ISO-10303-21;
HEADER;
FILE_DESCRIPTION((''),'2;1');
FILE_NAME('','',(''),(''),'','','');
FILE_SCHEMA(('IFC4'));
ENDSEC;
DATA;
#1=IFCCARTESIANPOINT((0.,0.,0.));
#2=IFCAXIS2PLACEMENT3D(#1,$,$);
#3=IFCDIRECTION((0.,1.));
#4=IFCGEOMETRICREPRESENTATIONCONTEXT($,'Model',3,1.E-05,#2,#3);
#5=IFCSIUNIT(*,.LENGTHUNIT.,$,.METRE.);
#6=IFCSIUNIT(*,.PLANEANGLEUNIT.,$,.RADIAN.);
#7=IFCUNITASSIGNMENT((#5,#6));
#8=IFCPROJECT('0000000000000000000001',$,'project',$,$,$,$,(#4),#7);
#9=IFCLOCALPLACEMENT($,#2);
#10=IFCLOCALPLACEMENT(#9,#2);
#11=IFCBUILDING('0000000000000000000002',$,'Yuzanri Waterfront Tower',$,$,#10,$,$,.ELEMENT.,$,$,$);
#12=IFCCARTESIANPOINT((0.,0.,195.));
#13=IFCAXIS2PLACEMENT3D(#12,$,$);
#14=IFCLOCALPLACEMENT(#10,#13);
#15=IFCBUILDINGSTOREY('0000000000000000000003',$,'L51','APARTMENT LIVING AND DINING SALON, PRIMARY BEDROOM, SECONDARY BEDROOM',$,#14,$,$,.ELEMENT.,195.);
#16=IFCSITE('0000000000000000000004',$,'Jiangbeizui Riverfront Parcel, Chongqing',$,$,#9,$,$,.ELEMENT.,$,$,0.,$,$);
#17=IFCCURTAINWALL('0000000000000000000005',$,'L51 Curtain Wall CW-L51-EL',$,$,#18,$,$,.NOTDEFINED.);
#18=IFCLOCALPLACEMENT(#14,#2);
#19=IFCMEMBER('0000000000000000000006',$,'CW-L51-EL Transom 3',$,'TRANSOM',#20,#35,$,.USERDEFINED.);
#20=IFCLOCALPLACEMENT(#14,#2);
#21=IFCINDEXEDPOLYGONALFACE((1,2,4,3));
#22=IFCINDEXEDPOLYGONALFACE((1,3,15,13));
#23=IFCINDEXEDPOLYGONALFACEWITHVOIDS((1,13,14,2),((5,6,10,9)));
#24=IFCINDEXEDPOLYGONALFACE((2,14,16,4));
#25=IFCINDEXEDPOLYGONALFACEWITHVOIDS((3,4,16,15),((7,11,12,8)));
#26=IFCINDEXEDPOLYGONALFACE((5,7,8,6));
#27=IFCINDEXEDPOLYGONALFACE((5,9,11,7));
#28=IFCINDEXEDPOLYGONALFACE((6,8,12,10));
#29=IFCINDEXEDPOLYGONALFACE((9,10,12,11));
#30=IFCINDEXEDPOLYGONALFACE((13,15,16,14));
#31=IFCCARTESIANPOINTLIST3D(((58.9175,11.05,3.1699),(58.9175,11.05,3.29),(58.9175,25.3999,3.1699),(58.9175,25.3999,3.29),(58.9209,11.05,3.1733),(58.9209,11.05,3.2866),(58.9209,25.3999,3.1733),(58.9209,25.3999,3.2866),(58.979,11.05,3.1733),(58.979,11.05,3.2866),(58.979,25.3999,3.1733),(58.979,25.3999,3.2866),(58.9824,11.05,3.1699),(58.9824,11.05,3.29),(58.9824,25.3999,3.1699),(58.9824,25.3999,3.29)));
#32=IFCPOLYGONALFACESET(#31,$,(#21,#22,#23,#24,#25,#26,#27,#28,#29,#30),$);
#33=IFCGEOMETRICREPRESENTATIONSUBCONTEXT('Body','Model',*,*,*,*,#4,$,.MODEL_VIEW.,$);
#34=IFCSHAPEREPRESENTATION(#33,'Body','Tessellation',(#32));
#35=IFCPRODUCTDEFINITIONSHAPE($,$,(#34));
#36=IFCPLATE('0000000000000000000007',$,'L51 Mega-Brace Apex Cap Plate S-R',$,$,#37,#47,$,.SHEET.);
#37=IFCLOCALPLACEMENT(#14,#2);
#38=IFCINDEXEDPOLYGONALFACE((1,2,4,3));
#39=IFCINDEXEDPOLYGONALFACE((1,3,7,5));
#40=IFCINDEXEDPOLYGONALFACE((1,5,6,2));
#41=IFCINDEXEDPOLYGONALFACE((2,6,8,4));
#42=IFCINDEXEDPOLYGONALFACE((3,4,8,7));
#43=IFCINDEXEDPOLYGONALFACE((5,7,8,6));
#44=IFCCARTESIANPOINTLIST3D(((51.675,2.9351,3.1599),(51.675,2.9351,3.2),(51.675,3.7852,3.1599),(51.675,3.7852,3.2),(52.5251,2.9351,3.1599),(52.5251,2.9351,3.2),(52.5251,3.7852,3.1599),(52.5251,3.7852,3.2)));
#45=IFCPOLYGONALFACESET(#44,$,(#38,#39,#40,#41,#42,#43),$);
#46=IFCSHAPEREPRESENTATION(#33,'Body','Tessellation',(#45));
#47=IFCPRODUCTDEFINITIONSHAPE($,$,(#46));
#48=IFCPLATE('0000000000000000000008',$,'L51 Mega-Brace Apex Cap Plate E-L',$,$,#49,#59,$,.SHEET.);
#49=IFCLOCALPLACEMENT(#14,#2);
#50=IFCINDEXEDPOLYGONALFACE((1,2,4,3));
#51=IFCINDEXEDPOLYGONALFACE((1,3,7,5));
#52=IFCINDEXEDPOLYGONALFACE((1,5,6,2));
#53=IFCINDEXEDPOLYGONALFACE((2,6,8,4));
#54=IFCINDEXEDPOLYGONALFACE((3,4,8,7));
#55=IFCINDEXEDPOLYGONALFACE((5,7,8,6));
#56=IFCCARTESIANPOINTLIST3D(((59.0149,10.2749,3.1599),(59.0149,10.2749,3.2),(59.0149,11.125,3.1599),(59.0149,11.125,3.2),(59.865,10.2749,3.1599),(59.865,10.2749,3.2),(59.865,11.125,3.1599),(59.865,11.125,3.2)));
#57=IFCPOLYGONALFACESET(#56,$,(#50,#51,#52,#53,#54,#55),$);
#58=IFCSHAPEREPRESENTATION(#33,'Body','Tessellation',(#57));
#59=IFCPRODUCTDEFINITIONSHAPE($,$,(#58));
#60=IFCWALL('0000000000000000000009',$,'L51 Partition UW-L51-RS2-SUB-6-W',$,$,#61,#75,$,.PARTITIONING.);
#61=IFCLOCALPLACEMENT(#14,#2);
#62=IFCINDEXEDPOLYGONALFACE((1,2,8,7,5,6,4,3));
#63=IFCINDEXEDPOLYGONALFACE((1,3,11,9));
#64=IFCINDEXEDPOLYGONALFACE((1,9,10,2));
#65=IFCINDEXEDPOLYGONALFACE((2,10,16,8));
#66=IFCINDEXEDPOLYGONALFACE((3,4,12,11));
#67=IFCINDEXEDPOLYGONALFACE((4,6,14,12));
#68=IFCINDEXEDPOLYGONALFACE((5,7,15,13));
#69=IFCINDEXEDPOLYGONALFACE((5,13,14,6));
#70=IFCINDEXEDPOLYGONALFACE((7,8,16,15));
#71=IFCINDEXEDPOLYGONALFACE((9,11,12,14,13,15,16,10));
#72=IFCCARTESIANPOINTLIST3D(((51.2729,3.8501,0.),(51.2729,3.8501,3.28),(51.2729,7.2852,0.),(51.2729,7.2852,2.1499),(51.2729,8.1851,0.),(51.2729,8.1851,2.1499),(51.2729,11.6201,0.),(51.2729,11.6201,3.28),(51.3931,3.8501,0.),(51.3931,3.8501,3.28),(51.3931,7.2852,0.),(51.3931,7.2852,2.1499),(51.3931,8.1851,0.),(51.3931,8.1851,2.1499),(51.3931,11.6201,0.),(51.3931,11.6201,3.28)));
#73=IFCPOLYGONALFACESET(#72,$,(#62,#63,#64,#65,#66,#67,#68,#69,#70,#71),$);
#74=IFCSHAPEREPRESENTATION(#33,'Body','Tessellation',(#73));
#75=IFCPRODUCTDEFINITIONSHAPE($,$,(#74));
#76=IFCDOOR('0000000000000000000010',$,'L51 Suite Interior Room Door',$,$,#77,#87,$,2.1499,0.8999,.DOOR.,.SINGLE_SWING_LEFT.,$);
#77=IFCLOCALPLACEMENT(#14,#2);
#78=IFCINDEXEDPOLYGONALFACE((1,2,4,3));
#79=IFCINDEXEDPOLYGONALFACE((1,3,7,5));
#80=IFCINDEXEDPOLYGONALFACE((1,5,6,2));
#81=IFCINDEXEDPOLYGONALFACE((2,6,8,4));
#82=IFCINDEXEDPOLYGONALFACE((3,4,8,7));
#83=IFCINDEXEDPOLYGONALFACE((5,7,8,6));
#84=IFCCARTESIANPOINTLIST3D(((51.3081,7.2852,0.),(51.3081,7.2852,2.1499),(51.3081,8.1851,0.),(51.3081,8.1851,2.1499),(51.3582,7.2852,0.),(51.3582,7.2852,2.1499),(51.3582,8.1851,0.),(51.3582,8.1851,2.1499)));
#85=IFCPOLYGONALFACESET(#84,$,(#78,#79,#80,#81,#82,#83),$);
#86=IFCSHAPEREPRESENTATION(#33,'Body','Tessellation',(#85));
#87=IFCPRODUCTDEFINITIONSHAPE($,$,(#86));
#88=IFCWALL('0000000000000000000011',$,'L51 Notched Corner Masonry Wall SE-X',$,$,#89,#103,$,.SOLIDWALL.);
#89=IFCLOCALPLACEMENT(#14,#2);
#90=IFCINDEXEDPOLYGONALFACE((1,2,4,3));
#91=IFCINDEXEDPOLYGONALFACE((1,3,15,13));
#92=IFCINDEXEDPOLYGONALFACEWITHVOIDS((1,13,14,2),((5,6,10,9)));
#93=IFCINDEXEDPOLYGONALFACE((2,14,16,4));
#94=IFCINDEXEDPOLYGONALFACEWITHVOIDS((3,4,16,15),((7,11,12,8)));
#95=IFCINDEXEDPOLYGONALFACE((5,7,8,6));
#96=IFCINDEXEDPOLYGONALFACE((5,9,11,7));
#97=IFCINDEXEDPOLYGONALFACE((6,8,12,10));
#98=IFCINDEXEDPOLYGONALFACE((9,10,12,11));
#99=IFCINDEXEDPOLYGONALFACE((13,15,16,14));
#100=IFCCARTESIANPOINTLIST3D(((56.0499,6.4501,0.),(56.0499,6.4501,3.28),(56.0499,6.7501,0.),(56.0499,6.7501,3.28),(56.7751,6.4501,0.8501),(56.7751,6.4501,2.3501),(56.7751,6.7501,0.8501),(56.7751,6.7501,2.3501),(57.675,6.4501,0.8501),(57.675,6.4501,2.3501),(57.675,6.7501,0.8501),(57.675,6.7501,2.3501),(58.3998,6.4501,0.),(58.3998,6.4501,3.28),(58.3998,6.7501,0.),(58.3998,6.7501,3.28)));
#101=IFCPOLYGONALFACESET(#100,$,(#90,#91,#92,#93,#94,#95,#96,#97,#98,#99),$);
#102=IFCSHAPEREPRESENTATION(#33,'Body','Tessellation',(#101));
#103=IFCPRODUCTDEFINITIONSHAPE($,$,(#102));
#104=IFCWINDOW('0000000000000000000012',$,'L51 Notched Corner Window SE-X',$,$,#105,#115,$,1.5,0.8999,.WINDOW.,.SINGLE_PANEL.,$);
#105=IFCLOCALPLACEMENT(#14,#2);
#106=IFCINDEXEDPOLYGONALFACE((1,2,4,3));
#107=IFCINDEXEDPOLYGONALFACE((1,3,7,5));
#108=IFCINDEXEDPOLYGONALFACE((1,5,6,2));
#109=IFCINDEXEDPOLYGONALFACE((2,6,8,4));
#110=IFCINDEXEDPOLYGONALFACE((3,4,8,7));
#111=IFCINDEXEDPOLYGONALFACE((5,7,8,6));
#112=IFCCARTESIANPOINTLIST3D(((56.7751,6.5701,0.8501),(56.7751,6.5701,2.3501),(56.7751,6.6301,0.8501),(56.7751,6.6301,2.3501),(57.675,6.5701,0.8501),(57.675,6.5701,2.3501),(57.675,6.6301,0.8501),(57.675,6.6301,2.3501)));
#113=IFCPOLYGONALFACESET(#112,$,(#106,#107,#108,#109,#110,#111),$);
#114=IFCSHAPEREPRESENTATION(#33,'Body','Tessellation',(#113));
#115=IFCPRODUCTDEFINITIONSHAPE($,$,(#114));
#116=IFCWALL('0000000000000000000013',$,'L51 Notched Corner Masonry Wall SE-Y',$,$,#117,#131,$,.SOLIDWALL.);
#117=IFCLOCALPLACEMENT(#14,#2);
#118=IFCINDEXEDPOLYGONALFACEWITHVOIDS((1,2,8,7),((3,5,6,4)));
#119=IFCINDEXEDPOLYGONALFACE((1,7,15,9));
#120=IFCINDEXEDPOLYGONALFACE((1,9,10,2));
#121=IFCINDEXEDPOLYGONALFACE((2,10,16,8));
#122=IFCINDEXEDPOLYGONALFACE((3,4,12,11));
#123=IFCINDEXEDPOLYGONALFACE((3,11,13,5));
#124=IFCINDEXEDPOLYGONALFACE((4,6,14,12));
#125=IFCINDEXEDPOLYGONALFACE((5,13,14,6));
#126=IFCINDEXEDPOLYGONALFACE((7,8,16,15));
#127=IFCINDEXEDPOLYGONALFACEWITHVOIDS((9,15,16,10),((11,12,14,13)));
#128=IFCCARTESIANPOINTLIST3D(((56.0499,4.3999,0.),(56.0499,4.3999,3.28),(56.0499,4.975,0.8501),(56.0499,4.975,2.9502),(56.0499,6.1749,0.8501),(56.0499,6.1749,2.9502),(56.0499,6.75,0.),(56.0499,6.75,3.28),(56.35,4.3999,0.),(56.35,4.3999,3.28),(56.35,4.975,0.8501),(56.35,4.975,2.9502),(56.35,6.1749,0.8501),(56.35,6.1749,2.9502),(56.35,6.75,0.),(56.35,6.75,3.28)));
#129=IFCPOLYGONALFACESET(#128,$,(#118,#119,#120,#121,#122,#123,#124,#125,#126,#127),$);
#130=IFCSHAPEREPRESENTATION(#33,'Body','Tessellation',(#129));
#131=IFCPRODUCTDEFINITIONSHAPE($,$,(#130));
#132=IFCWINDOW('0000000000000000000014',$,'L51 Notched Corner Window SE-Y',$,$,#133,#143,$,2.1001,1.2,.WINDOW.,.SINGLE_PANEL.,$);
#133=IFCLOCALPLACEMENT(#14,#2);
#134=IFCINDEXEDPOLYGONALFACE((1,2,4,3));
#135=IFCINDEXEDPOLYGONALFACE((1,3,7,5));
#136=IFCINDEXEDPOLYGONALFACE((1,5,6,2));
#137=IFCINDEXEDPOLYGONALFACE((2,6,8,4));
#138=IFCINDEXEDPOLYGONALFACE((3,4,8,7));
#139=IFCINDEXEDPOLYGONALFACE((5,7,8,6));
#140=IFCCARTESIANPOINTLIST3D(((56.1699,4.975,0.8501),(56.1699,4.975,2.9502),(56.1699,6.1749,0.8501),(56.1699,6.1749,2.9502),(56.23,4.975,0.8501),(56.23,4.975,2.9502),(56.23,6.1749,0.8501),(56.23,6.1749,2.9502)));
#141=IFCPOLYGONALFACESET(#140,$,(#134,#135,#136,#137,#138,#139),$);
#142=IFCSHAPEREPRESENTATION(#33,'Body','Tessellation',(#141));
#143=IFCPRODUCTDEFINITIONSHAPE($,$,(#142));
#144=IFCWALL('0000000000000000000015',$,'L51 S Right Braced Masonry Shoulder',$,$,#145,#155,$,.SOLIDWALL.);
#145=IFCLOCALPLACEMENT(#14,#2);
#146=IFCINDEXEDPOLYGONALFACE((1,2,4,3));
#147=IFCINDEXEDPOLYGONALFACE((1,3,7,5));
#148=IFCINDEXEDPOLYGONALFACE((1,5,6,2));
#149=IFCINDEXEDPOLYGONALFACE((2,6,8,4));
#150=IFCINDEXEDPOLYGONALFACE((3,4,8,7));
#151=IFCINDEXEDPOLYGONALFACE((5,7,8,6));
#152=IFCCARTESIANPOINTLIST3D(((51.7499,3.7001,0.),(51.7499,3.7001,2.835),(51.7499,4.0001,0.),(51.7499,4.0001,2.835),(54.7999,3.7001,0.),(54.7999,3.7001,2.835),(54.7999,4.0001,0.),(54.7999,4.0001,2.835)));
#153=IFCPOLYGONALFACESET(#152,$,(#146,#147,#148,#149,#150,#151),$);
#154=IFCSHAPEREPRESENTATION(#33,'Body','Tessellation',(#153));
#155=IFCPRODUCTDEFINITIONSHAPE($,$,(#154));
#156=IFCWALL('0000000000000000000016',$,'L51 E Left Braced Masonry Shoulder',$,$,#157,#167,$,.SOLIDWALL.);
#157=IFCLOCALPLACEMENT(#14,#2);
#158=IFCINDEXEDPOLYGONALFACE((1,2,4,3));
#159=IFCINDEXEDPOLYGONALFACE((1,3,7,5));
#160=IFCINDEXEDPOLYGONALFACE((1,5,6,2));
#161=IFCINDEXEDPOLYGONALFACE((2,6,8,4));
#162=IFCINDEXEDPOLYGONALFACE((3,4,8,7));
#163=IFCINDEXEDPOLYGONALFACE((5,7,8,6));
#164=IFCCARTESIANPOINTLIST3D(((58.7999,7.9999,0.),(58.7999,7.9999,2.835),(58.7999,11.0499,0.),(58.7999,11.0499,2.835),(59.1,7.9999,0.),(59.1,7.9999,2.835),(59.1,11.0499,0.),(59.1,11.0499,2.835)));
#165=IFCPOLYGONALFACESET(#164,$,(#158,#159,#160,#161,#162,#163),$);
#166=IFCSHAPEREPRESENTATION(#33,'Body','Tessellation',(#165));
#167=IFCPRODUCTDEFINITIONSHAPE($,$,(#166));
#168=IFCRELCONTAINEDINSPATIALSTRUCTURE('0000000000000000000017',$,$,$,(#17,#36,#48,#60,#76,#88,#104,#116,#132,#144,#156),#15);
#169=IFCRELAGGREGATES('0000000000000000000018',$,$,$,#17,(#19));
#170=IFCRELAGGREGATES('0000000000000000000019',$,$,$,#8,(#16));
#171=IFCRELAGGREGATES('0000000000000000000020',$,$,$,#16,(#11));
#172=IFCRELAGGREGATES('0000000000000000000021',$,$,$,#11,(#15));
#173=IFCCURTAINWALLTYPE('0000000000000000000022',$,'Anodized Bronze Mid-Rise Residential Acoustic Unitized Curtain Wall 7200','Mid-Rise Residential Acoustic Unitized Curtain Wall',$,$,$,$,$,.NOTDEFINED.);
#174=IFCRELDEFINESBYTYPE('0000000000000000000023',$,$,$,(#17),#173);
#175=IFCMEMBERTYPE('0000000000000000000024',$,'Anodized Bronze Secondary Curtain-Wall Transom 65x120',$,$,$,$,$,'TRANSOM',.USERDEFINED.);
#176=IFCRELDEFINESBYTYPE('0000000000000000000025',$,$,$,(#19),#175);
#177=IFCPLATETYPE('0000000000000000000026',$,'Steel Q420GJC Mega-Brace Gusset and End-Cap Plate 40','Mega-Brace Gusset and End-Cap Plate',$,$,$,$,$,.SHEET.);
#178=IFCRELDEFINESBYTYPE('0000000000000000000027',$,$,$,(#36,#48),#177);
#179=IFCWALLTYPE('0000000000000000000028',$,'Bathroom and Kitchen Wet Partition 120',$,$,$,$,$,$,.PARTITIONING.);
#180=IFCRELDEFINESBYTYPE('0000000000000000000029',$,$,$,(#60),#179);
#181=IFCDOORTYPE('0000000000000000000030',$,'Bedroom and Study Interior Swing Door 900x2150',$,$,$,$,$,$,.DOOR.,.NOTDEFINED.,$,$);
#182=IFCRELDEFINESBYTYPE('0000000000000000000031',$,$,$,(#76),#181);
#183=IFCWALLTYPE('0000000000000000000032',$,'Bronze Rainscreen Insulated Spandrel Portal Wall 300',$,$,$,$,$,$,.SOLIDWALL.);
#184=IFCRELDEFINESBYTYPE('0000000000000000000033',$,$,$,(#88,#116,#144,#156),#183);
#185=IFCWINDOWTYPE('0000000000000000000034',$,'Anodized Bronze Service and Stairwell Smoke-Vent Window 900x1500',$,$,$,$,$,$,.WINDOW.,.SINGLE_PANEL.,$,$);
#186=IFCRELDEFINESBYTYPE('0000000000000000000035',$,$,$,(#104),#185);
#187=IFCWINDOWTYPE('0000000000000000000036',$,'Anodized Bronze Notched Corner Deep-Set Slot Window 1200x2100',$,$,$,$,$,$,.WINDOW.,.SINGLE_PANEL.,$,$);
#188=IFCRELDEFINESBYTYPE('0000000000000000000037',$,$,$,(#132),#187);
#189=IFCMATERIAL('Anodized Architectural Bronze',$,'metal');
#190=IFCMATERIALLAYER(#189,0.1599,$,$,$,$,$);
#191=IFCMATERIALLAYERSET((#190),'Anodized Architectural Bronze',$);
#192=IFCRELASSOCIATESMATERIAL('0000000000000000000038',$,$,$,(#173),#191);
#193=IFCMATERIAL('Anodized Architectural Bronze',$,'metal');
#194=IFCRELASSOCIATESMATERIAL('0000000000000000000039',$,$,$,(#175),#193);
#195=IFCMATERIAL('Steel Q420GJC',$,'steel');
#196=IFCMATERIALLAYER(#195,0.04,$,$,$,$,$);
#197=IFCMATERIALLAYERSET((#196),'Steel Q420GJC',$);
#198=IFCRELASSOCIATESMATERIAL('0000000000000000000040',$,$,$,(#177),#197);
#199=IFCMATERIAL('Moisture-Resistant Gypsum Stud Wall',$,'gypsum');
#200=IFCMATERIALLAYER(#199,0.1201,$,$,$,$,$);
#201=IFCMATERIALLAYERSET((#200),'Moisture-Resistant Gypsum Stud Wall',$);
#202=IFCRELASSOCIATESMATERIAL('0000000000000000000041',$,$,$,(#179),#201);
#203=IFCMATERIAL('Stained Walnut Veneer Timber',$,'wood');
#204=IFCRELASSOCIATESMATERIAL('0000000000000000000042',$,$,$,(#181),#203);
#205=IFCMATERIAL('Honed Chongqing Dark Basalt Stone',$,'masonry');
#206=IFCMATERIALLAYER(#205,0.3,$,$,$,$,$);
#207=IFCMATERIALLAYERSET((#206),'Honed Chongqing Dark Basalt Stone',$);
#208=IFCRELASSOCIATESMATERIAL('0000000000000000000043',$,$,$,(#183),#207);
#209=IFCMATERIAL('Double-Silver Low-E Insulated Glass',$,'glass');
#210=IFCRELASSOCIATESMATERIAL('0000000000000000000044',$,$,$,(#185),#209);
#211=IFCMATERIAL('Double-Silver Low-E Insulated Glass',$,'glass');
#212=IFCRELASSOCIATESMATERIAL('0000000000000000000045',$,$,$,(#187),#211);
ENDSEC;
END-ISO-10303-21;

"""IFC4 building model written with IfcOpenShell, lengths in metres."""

from ifc_helpers import new_model, si_unit, direction, frame, frame_2d, origin, origin_2d, place, context, subcontext, project, spatial, rectangle, hollow_rectangle, extrude, source, transform, mapped, material, layer, layer_set, material_profile, profile_set, type_object, element, fill, aggregate, save


model = new_model("IFC4")

# Units and contexts
model_context = context("Model", 3, precision=1e-05, world=origin(), true_north=direction((0.0, 1.0)))
body_context = subcontext(model_context, "Body", "Model", "MODEL_VIEW")
ifc_project = project(units=[si_unit("LENGTHUNIT", "METRE"), si_unit("PLANEANGLEUNIT", "RADIAN")], contexts=[model_context])

# Site, building, storey
site_placement = place(None, origin())
site = spatial("IfcSite", under=ifc_project, at=site_placement, Name="Jiangbeizui Riverfront Parcel, Chongqing", CompositionType="ELEMENT", RefElevation=0.0)
building_placement = place(site_placement, origin())
building = spatial("IfcBuilding", under=site, at=building_placement, Name="Yuzanri Waterfront Tower", CompositionType="ELEMENT")
storey_placement = place(building_placement, frame((0.0, 0.0, 195.0)))
storey = spatial("IfcBuildingStorey", under=building, at=storey_placement, Name="L51", Description="APARTMENT LIVING AND DINING SALON, PRIMARY BEDROOM, SECONDARY BEDROOM", CompositionType="ELEMENT", Elevation=195.0)

# Curtain wall, member
ifc_material_1 = material(Name="Anodized Architectural Bronze", Category="metal")
ifc_layer_1 = layer(ifc_material_1, 0.1599)
ifc_layer_set_1 = layer_set([ifc_layer_1], Name="Anodized Architectural Bronze")
curtain_wall_type = type_object("IfcCurtainWallType", Name="Anodized Bronze Mid-Rise Residential Acoustic Unitized Curtain Wall 7200", Description="Mid-Rise Residential Acoustic Unitized Curtain Wall", PredefinedType="NOTDEFINED", material=ifc_layer_set_1)
curtain_wall_1_placement = place(storey_placement, origin())
curtain_wall_1 = element("IfcCurtainWall", 1, at=curtain_wall_1_placement, inside=storey, type_object=curtain_wall_type, Name="L51 Curtain Wall CW-L51-EL", PredefinedType="NOTDEFINED")
ifc_material_2 = material(Name="Anodized Architectural Bronze", Category="metal")
ifc_material_profile_1 = material_profile(ifc_material_2, hollow_rectangle(XDim=0.0649, YDim=0.1201, WallThickness=0.0034, at=origin_2d()), Name="CWT 65x120")
ifc_profile_set_1 = profile_set([ifc_material_profile_1], Name="Anodized Architectural Bronze")
member_type_1 = type_object("IfcMemberType", Name="Anodized Bronze Secondary Curtain-Wall Transom 65x120", ElementType="TRANSOM", PredefinedType="USERDEFINED", material=ifc_profile_set_1)
shared_shape_1 = source(origin(), body_context, "Body", "SweptSolid", [
    extrude(hollow_rectangle(XDim=0.0649, YDim=0.1201, WallThickness=0.0034, at=origin_2d()), origin(), (0.0, 0.0, 1.0), 14.3499),
])
member_1_placement = place(storey_placement, frame((58.95, 11.05, 3.23), z_axis=(0.0, 1.0, 0.0), x_axis=(-1.0, 0.0, 0.0)))
member_1 = element("IfcMember", 2, at=member_1_placement, type_object=member_type_1, Name="CW-L51-EL Transom 3", ObjectType="TRANSOM", PredefinedType="USERDEFINED", context=body_context, shape_type="MappedRepresentation", body=[
    mapped(shared_shape_1, transform((0.0, 0.0, 0.0), scale=1.0)),
])
aggregate(curtain_wall_1, [member_1])

# Plates
ifc_material_3 = material(Name="Steel Q420GJC", Category="steel")
ifc_layer_2 = layer(ifc_material_3, 0.04)
ifc_layer_set_2 = layer_set([ifc_layer_2], Name="Steel Q420GJC")
plate_type = type_object("IfcPlateType", Name="Steel Q420GJC Mega-Brace Gusset and End-Cap Plate 40", Description="Mega-Brace Gusset and End-Cap Plate", PredefinedType="SHEET", material=ifc_layer_set_2)
shared_shape_2 = source(origin(), body_context, "Body", "SweptSolid", [
    extrude(rectangle(XDim=0.8501, YDim=0.8501, at=origin_2d()), origin(), (0.0, 0.0, 1.0), 0.04),
])
for number, where, z_axis, x_axis, name in (
    (3, (52.1001, 3.3601, 3.1599), (0.0, 0.0, 1.0), (1.0, 0.0, 0.0), "L51 Mega-Brace Apex Cap Plate S-R"),
    (4, (59.4399, 10.7, 3.1599), (0.0, 0.0, 1.0), (1.0, 0.0, 0.0), "L51 Mega-Brace Apex Cap Plate E-L"),
):
    element("IfcPlate", number, at=place(storey_placement, frame(where, z_axis=z_axis, x_axis=x_axis)), inside=storey, type_object=plate_type, Name=name, PredefinedType="SHEET", context=body_context, shape_type="MappedRepresentation", body=[
        mapped(shared_shape_2, transform((0.0, 0.0, 0.0), scale=1.0)),
    ])

# Wall, opening, door
ifc_material_4 = material(Name="Moisture-Resistant Gypsum Stud Wall", Category="gypsum")
ifc_layer_3 = layer(ifc_material_4, 0.1201)
ifc_layer_set_3 = layer_set([ifc_layer_3], Name="Moisture-Resistant Gypsum Stud Wall")
wall_type_1 = type_object("IfcWallType", Name="Bathroom and Kitchen Wet Partition 120", PredefinedType="PARTITIONING", material=ifc_layer_set_3)
wall_1_placement = place(storey_placement, frame((51.333, 3.8501, 0.0), z_axis=(0.0, 0.0, 1.0), x_axis=(0.0, 1.0, 0.0)))
wall_1 = element("IfcWall", 5, at=wall_1_placement, inside=storey, type_object=wall_type_1, Name="L51 Partition UW-L51-RS2-SUB-6-W", PredefinedType="PARTITIONING", context=body_context, shape_type="SweptSolid", body=[
    extrude(rectangle(XDim=7.77, YDim=0.1201, at=frame_2d((3.885, 0.0))), origin(), (0.0, 0.0, 1.0), 3.28),
])
opening_1_placement = place(wall_1_placement, frame((3.4351, 0.0, 0.0)))
opening_1 = element("IfcOpeningElement", 6, at=opening_1_placement, cuts=wall_1, PredefinedType="OPENING", context=body_context, shape_type="SweptSolid", body=[
    extrude(rectangle(XDim=0.8999, YDim=2.1499, at=frame_2d((0.45, 1.075))), frame((0.0, 0.075, 0.0), z_axis=(0.0, -1.0, 0.0), x_axis=(1.0, 0.0, 0.0)), (0.0, 0.0, 1.0), 0.1499),
])
ifc_material_5 = material(Name="Stained Walnut Veneer Timber", Category="wood")
door_type = type_object("IfcDoorType", Name="Bedroom and Study Interior Swing Door 900x2150", OperationType="NOTDEFINED", PredefinedType="DOOR", material=ifc_material_5)
shared_shape_3 = source(origin(), body_context, "Body", "SweptSolid", [
    extrude(rectangle(XDim=0.8999, YDim=2.1499, at=frame_2d((0.45, 1.075))), frame((0.0, 0.0249, 0.0), z_axis=(0.0, -1.0, 0.0), x_axis=(1.0, 0.0, 0.0)), (0.0, 0.0, 1.0), 0.05),
])
door_placement = place(opening_1_placement, origin())
door = element("IfcDoor", 7, at=door_placement, inside=storey, type_object=door_type, Name="L51 Suite Interior Room Door", OperationType="SINGLE_SWING_LEFT", OverallHeight=2.1499, OverallWidth=0.8999, PredefinedType="DOOR", context=body_context, shape_type="MappedRepresentation", body=[
    mapped(shared_shape_3, transform((0.0, 0.0, 0.0), scale=1.0)),
])
fill(opening_1, door)

# Walls, openings, windows
ifc_material_6 = material(Name="Honed Chongqing Dark Basalt Stone", Category="masonry")
ifc_layer_4 = layer(ifc_material_6, 0.3)
ifc_layer_set_4 = layer_set([ifc_layer_4], Name="Honed Chongqing Dark Basalt Stone")
wall_type_2 = type_object("IfcWallType", Name="Bronze Rainscreen Insulated Spandrel Portal Wall 300", PredefinedType="SOLIDWALL", material=ifc_layer_set_4)
wall_2_placement = place(storey_placement, frame((56.05, 6.6001, 0.0), z_axis=(0.0, 0.0, 1.0), x_axis=(1.0, 0.0, 0.0)))
wall_2 = element("IfcWall", 8, at=wall_2_placement, inside=storey, type_object=wall_type_2, Name="L51 Notched Corner Masonry Wall SE-X", PredefinedType="SOLIDWALL", context=body_context, shape_type="SweptSolid", body=[
    extrude(rectangle(XDim=2.3499, YDim=0.3, at=frame_2d((1.1748, 0.0))), origin(), (0.0, 0.0, 1.0), 3.28),
])
opening_2_placement = place(wall_2_placement, frame((0.7251, 0.0, 0.8501)))
opening_2 = element("IfcOpeningElement", 9, at=opening_2_placement, cuts=wall_2, PredefinedType="OPENING", context=body_context, shape_type="SweptSolid", body=[
    extrude(rectangle(XDim=0.8999, YDim=1.5, at=frame_2d((0.45, 0.75))), frame((0.0, 0.165, 0.0), z_axis=(0.0, -1.0, 0.0), x_axis=(1.0, 0.0, 0.0)), (0.0, 0.0, 1.0), 0.3298),
])
ifc_material_7 = material(Name="Double-Silver Low-E Insulated Glass", Category="glass")
window_type_1 = type_object("IfcWindowType", Name="Anodized Bronze Service and Stairwell Smoke-Vent Window 900x1500", PartitioningType="SINGLE_PANEL", PredefinedType="WINDOW", material=ifc_material_7)
shared_shape_4 = source(origin(), body_context, "Body", "SweptSolid", [
    extrude(rectangle(XDim=0.8999, YDim=1.5, at=frame_2d((0.45, 0.75))), frame((0.0, 0.03, 0.0), z_axis=(0.0, -1.0, 0.0), x_axis=(1.0, 0.0, 0.0)), (0.0, 0.0, 1.0), 0.0601),
])
window_1_placement = place(opening_2_placement, origin())
window_1 = element("IfcWindow", 10, at=window_1_placement, inside=storey, type_object=window_type_1, Name="L51 Notched Corner Window SE-X", OverallHeight=1.5, OverallWidth=0.8999, PartitioningType="SINGLE_PANEL", PredefinedType="WINDOW", context=body_context, shape_type="MappedRepresentation", body=[
    mapped(shared_shape_4, transform((0.0, 0.0, 0.0), scale=1.0)),
])
fill(opening_2, window_1)
wall_3_placement = place(storey_placement, frame((56.2, 4.3999, 0.0), z_axis=(0.0, 0.0, 1.0), x_axis=(0.0, 1.0, 0.0)))
wall_3 = element("IfcWall", 11, at=wall_3_placement, inside=storey, type_object=wall_type_2, Name="L51 Notched Corner Masonry Wall SE-Y", PredefinedType="SOLIDWALL", context=body_context, shape_type="SweptSolid", body=[
    extrude(rectangle(XDim=2.3501, YDim=0.3, at=frame_2d((1.175, 0.0))), origin(), (0.0, 0.0, 1.0), 3.28),
])
opening_3_placement = place(wall_3_placement, frame((0.575, 0.0, 0.8501)))
opening_3 = element("IfcOpeningElement", 12, at=opening_3_placement, cuts=wall_3, PredefinedType="OPENING", context=body_context, shape_type="SweptSolid", body=[
    extrude(rectangle(XDim=1.2, YDim=2.1001, at=frame_2d((0.6001, 1.05))), frame((0.0, 0.165, 0.0), z_axis=(0.0, -1.0, 0.0), x_axis=(1.0, 0.0, 0.0)), (0.0, 0.0, 1.0), 0.3298),
])
ifc_material_8 = material(Name="Double-Silver Low-E Insulated Glass", Category="glass")
window_type_2 = type_object("IfcWindowType", Name="Anodized Bronze Notched Corner Deep-Set Slot Window 1200x2100", PartitioningType="SINGLE_PANEL", PredefinedType="WINDOW", material=ifc_material_8)
shared_shape_5 = source(origin(), body_context, "Body", "SweptSolid", [
    extrude(rectangle(XDim=1.2, YDim=2.1001, at=frame_2d((0.6001, 1.05))), frame((0.0, 0.03, 0.0), z_axis=(0.0, -1.0, 0.0), x_axis=(1.0, 0.0, 0.0)), (0.0, 0.0, 1.0), 0.0601),
])
window_2_placement = place(opening_3_placement, origin())
window_2 = element("IfcWindow", 13, at=window_2_placement, inside=storey, type_object=window_type_2, Name="L51 Notched Corner Window SE-Y", OverallHeight=2.1001, OverallWidth=1.2, PartitioningType="SINGLE_PANEL", PredefinedType="WINDOW", context=body_context, shape_type="MappedRepresentation", body=[
    mapped(shared_shape_5, transform((0.0, 0.0, 0.0), scale=1.0)),
])
fill(opening_3, window_2)

# Walls
shared_shape_6 = source(origin(), body_context, "Body", "SweptSolid", [
    extrude(rectangle(XDim=3.05, YDim=0.3, at=frame_2d((1.5249, 0.0))), origin(), (0.0, 0.0, 1.0), 2.835),
])
for number, where, z_axis, x_axis, name in (
    (14, (51.75, 3.8501, 0.0), (0.0, 0.0, 1.0), (1.0, 0.0, 0.0), "L51 S Right Braced Masonry Shoulder"),
    (15, (58.95, 8.0, 0.0), (0.0, 0.0, 1.0), (0.0, 1.0, 0.0), "L51 E Left Braced Masonry Shoulder"),
):
    element("IfcWall", number, at=place(storey_placement, frame(where, z_axis=z_axis, x_axis=x_axis)), inside=storey, type_object=wall_type_2, Name=name, PredefinedType="SOLIDWALL", context=body_context, shape_type="MappedRepresentation", body=[
        mapped(shared_shape_6, transform((0.0, 0.0, 0.0), scale=1.0)),
    ])

save(model, "model.ifc")
